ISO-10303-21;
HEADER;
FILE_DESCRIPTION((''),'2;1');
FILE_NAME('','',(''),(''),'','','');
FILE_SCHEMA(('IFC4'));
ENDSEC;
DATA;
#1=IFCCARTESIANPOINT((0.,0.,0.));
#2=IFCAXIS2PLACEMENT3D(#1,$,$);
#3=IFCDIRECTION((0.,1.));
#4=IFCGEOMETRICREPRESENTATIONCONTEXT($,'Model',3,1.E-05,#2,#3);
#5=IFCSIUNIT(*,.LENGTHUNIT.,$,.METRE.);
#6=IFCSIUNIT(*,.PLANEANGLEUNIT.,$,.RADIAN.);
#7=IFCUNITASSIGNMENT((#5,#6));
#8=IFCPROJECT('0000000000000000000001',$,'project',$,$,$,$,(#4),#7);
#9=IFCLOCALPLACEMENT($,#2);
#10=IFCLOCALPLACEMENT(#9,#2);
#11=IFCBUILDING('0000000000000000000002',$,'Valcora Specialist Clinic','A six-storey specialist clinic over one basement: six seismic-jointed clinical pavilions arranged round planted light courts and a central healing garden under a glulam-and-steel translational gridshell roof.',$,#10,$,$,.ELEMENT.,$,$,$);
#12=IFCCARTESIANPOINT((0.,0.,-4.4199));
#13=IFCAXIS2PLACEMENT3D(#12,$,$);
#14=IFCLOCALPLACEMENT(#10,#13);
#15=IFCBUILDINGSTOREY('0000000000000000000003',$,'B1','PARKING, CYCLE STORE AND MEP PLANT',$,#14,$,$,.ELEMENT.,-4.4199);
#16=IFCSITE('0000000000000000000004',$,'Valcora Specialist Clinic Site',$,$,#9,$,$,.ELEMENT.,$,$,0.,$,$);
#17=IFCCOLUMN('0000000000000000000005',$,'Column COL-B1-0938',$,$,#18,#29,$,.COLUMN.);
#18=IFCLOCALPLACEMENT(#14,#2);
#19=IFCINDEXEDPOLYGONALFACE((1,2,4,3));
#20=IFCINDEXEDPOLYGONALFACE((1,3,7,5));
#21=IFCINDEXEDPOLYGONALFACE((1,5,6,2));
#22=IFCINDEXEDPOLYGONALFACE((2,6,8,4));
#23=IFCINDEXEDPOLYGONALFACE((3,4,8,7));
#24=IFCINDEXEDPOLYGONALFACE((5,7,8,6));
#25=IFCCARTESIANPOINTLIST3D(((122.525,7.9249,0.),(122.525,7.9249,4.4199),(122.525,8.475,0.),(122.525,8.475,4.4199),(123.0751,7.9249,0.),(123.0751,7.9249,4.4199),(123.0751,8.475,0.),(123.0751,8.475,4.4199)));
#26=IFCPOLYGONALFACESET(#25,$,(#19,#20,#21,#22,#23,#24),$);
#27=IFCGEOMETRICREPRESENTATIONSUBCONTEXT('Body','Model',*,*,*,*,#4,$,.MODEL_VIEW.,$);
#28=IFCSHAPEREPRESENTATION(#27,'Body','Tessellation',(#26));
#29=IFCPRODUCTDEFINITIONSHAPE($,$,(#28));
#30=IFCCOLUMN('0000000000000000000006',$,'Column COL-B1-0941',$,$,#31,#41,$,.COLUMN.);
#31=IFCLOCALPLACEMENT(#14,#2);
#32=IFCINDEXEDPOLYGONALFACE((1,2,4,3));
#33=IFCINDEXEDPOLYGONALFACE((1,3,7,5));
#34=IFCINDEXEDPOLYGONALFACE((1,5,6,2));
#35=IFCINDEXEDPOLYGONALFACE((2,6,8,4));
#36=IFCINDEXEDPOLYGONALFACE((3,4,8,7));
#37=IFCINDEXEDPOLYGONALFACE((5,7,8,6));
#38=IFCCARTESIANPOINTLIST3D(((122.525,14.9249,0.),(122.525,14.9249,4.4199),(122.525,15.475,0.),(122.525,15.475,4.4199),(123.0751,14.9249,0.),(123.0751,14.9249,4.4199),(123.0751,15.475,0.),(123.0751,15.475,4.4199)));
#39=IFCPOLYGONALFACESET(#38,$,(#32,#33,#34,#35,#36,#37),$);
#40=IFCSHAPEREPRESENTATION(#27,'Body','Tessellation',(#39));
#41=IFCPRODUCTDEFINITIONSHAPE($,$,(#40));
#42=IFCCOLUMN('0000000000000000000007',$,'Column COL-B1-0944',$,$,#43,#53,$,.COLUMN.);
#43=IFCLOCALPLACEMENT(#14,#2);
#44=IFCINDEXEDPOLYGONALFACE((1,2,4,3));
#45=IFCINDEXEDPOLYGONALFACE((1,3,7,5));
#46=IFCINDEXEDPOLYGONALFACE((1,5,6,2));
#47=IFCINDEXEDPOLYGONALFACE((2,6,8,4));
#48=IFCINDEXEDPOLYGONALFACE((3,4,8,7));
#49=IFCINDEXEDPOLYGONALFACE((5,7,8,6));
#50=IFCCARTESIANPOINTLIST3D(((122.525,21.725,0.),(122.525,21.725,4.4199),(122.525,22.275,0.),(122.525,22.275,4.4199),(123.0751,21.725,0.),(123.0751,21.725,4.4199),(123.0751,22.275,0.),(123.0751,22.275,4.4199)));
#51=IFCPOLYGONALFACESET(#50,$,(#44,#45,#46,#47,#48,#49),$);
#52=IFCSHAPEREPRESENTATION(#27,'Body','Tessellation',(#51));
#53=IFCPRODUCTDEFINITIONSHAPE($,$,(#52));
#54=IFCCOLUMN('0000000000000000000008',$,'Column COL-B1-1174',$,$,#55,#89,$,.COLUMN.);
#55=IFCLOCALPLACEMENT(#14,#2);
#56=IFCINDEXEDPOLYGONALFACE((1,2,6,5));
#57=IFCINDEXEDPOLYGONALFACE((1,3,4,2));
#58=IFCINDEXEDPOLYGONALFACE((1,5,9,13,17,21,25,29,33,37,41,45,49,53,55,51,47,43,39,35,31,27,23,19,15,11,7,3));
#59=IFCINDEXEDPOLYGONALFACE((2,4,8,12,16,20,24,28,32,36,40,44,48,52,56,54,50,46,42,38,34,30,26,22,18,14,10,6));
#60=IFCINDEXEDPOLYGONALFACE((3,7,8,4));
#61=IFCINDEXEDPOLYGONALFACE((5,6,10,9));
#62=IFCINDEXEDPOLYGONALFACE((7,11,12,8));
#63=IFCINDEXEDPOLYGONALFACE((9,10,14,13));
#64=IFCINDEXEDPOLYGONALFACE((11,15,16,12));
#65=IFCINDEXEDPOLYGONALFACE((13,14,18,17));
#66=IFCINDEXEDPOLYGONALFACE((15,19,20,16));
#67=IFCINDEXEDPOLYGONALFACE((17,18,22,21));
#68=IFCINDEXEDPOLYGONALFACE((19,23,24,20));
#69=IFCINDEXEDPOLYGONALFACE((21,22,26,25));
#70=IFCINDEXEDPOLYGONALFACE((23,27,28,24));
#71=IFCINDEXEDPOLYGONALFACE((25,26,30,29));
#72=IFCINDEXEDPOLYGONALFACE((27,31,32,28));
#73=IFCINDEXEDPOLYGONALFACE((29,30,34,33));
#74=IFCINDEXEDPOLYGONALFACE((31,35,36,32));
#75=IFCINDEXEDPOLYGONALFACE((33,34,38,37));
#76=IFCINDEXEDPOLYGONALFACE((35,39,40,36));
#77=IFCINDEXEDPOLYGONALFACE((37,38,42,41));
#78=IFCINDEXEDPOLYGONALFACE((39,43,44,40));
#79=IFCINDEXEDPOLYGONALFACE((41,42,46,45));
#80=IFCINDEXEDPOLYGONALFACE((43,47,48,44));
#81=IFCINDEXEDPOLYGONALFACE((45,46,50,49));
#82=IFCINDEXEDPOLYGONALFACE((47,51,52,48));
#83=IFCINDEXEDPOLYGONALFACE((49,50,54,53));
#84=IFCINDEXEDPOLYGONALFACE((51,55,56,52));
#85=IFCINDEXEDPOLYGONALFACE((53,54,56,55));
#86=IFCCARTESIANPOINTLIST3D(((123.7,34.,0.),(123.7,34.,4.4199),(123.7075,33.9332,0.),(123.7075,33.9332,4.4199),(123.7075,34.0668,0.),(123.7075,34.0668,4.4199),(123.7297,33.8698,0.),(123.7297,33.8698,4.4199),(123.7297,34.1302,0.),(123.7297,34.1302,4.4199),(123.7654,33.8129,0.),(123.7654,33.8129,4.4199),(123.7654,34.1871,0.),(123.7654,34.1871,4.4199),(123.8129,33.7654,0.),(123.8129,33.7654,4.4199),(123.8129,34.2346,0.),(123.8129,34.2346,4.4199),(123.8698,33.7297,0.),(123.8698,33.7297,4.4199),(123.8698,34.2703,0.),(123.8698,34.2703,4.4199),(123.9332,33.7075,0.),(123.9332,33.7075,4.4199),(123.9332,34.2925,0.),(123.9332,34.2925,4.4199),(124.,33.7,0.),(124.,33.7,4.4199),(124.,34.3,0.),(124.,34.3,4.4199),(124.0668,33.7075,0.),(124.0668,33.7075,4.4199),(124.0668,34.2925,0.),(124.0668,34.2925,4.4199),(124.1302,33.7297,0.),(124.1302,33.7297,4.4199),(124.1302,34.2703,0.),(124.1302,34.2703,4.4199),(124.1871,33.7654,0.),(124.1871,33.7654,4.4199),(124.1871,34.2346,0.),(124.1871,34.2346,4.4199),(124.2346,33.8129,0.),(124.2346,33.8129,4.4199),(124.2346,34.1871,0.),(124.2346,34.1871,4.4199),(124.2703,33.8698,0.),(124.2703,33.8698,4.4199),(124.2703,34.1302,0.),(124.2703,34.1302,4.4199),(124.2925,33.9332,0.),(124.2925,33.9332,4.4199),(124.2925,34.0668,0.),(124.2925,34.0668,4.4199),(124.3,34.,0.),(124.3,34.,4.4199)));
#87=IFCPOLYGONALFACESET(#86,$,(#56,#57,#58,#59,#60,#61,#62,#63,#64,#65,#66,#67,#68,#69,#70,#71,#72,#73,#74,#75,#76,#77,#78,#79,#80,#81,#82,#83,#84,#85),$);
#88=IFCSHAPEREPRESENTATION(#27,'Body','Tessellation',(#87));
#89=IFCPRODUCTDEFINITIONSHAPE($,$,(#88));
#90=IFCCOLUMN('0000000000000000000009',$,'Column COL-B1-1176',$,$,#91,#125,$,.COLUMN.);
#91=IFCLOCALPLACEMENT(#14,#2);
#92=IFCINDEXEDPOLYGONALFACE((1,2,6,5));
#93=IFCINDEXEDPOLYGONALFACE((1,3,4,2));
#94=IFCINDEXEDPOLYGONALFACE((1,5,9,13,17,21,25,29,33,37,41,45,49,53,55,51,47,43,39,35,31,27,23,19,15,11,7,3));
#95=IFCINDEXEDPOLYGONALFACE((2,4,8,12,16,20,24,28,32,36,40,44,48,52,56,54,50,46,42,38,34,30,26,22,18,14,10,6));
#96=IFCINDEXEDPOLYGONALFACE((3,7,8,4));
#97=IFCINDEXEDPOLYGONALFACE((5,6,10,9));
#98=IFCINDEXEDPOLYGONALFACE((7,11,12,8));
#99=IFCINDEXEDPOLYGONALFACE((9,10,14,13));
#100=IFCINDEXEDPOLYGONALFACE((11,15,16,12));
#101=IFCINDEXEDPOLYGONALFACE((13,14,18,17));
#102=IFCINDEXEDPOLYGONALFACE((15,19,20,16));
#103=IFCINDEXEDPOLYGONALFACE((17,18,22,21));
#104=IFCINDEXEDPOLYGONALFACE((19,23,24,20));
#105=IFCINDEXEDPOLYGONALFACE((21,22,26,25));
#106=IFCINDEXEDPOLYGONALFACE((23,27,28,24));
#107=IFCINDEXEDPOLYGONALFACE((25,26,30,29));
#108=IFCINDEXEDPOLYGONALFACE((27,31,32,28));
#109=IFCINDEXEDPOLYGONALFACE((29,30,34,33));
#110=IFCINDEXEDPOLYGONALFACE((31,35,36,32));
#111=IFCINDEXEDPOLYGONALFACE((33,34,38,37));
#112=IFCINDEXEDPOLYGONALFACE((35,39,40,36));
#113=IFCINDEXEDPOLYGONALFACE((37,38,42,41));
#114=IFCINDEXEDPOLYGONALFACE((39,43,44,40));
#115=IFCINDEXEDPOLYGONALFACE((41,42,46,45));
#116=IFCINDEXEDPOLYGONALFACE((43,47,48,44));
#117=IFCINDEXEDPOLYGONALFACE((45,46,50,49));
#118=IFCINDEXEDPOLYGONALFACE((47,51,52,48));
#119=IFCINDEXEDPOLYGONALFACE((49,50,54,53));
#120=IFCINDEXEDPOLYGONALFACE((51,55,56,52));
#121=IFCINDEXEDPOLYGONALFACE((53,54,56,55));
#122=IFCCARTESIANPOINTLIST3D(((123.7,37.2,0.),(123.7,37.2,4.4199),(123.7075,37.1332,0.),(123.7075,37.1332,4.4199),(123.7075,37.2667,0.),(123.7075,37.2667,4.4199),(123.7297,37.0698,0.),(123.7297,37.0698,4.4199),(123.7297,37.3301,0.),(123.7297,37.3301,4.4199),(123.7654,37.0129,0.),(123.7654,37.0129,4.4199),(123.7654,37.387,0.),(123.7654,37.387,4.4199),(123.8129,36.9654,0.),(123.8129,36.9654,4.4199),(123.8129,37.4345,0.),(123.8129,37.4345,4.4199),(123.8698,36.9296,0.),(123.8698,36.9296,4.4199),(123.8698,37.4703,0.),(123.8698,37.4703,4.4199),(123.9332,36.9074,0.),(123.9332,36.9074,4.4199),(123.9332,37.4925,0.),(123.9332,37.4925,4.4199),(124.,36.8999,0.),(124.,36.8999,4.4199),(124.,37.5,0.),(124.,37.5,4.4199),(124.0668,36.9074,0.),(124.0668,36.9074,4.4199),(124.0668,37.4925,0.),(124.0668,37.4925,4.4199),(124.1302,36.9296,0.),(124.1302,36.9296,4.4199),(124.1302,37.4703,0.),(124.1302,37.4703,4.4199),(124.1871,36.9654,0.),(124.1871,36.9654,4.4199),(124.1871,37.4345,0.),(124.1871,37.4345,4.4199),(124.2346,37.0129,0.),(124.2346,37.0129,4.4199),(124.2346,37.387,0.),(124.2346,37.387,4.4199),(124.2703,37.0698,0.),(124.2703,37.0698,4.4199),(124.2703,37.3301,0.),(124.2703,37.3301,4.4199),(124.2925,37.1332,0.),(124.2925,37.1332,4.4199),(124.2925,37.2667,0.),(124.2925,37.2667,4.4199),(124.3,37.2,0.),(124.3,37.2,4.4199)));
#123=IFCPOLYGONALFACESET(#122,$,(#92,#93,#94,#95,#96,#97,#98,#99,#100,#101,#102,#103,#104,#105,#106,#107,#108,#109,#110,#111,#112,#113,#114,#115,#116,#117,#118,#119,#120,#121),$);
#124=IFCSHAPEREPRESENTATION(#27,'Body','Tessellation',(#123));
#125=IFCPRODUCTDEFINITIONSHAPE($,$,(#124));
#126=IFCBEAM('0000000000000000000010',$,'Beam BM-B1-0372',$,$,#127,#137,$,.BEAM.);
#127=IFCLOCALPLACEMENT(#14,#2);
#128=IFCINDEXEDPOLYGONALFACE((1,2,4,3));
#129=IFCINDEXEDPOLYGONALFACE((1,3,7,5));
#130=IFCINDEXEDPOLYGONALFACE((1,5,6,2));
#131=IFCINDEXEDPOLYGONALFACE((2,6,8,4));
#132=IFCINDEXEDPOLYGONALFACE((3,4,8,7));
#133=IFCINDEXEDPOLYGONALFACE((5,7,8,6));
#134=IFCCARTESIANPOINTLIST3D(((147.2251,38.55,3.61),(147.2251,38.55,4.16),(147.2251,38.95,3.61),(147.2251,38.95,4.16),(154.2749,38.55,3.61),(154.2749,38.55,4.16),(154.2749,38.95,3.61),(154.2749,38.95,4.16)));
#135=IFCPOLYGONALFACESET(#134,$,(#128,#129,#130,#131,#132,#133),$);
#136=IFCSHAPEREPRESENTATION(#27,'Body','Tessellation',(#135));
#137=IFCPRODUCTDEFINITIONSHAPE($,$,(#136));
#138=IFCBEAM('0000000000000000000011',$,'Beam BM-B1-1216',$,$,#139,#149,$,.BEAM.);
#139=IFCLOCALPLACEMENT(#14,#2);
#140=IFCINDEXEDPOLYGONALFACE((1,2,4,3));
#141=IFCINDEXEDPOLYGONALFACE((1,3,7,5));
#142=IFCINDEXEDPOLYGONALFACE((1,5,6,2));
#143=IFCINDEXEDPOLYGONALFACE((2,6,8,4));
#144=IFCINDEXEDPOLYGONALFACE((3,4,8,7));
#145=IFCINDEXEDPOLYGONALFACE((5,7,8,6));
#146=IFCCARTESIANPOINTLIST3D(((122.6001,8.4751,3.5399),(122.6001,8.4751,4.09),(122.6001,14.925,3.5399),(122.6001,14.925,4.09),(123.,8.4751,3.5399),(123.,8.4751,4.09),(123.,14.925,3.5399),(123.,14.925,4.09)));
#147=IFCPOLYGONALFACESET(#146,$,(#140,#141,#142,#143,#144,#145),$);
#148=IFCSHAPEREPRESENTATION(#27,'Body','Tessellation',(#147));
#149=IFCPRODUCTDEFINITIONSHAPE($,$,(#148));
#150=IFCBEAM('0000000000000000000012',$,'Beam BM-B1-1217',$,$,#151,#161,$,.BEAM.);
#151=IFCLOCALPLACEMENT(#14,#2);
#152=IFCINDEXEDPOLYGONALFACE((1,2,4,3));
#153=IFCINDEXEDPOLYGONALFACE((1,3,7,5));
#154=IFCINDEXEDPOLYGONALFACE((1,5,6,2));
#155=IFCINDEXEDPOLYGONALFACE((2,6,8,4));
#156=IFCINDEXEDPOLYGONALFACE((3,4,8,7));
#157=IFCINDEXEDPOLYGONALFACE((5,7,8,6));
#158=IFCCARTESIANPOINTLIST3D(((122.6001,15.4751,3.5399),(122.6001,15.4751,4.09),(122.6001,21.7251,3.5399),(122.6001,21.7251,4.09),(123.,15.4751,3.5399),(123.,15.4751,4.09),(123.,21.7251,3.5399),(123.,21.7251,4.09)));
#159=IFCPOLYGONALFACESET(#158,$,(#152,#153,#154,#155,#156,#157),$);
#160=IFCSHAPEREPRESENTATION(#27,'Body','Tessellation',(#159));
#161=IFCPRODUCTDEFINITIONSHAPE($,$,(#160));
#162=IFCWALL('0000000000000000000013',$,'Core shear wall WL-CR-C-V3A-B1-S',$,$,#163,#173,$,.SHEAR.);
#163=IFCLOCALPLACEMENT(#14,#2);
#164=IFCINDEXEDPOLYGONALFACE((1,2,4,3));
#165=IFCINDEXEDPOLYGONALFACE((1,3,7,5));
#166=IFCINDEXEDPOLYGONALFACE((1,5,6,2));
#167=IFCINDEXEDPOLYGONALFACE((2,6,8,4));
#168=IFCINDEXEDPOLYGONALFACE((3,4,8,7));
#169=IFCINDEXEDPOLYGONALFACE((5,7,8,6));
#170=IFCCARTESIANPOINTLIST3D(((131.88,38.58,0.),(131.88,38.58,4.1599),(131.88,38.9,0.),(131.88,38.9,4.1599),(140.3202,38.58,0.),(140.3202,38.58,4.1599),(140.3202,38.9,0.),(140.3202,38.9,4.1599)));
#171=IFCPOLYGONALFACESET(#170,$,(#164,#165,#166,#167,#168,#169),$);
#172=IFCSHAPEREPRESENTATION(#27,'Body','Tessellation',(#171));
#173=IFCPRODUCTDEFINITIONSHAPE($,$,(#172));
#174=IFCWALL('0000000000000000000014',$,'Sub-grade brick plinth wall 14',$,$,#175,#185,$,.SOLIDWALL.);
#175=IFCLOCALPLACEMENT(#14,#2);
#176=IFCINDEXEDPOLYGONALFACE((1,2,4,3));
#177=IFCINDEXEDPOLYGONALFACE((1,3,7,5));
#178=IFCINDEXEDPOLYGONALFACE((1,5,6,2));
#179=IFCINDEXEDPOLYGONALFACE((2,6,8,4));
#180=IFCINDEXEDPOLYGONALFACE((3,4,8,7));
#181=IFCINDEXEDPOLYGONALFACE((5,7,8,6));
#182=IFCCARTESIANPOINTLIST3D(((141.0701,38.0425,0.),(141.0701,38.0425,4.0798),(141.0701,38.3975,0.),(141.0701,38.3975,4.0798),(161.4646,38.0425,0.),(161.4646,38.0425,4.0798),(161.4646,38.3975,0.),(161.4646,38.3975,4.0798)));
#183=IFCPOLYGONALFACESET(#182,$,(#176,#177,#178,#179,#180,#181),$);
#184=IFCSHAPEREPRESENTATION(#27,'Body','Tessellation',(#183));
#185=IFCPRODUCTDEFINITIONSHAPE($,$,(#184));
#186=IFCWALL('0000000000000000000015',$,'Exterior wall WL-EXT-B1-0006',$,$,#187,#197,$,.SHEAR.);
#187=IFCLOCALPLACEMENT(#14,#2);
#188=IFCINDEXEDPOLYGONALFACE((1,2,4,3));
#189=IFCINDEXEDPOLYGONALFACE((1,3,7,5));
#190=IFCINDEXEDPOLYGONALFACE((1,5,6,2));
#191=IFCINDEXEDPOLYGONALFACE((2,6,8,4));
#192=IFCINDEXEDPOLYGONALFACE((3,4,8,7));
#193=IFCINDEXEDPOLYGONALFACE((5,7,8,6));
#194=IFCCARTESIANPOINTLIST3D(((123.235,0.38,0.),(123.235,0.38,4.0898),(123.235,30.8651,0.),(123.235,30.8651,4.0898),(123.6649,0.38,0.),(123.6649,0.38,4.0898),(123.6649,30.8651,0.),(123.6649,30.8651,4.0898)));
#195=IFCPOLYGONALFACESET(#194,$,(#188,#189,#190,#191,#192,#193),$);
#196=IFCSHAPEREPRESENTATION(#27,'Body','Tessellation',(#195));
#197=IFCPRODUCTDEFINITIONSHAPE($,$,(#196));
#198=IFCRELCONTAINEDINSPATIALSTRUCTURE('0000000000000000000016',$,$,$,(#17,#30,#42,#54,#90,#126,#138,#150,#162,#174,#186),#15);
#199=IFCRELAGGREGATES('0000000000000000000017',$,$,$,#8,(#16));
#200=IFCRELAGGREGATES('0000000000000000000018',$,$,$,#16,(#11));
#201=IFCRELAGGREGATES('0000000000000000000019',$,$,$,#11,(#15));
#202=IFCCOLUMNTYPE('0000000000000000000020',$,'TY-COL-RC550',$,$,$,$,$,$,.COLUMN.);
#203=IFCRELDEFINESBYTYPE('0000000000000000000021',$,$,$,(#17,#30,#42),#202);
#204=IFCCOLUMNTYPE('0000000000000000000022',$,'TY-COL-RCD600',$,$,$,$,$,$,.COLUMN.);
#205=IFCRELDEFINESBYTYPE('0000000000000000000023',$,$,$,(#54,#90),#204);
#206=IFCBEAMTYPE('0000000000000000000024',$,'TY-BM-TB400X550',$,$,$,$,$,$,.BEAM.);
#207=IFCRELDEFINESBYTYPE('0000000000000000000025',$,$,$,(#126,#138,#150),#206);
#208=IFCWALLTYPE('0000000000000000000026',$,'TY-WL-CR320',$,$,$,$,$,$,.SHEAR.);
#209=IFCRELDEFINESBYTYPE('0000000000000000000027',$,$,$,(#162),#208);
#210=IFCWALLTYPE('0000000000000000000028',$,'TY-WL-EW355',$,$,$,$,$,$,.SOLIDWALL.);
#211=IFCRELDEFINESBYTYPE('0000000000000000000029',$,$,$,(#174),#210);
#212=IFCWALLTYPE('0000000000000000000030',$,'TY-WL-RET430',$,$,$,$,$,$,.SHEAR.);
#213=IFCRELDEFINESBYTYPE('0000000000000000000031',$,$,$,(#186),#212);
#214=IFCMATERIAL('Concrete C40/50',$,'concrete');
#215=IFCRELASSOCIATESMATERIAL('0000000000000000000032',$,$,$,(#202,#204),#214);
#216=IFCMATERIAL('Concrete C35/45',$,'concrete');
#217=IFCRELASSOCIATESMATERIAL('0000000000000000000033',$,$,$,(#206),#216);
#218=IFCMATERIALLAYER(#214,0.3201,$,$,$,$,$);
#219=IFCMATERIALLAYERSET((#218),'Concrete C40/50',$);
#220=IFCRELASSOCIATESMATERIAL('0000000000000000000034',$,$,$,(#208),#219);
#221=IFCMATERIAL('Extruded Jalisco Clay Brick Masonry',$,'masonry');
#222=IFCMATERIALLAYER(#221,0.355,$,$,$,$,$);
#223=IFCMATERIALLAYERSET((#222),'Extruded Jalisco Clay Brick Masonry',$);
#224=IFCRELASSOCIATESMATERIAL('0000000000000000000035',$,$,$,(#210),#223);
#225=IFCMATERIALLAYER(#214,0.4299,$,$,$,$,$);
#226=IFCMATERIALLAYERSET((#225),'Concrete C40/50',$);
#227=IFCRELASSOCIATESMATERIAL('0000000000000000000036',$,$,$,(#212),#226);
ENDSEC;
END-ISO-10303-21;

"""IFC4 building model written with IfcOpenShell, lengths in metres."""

from ifc_helpers import new_model, si_unit, direction, frame, frame_2d, origin, origin_2d, place, context, subcontext, project, spatial, rectangle, circle, extrude, material, layer, layer_set, material_profile, profile_set, type_object, element, save


model = new_model("IFC4")

# Units and contexts
model_context = context("Model", 3, precision=1e-05, world=origin(), true_north=direction((0.0, 1.0)))
body_context = subcontext(model_context, "Body", "Model", "MODEL_VIEW")
ifc_project = project(units=[si_unit("LENGTHUNIT", "METRE"), si_unit("PLANEANGLEUNIT", "RADIAN")], contexts=[model_context])

# Site, building, storey
site_placement = place(None, origin())
site = spatial("IfcSite", under=ifc_project, at=site_placement, Name="Valcora Specialist Clinic Site", CompositionType="ELEMENT", RefElevation=0.0)
building_placement = place(site_placement, origin())
building = spatial("IfcBuilding", under=site, at=building_placement, Name="Valcora Specialist Clinic", Description="A six-storey specialist clinic over one basement: six seismic-jointed clinical pavilions arranged round planted light courts and a central healing garden under a glulam-and-steel translational gridshell roof.", CompositionType="ELEMENT")
storey_placement = place(building_placement, frame((0.0, 0.0, -4.4199)))
storey = spatial("IfcBuildingStorey", under=building, at=storey_placement, Name="B1", Description="PARKING, CYCLE STORE AND MEP PLANT", CompositionType="ELEMENT", Elevation=-4.4199)

# Shared definitions
ifc_material_1 = material(Name="Concrete C35/45", Category="concrete")

# Columns
ifc_material_2 = material(Name="Concrete C40/50", Category="concrete")
ifc_material_profile_1 = material_profile(ifc_material_2, rectangle(XDim=0.55, YDim=0.55, at=origin_2d()), Name="RC-COL-550X550")
ifc_profile_set_1 = profile_set([ifc_material_profile_1], Name="Concrete C40/50")
column_type_1 = type_object("IfcColumnType", Name="TY-COL-RC550", PredefinedType="COLUMN", material=ifc_profile_set_1)
for number, where, z_axis, x_axis, name in (
    (1, (122.8, 8.2, 0.0), (0.0, 0.0, 1.0), (1.0, 0.0, 0.0), "Column COL-B1-0938"),
    (2, (122.8, 15.2, 0.0), (0.0, 0.0, 1.0), (1.0, 0.0, 0.0), "Column COL-B1-0941"),
    (3, (122.8, 22.0, 0.0), (0.0, 0.0, 1.0), (1.0, 0.0, 0.0), "Column COL-B1-0944"),
):
    element("IfcColumn", number, at=place(storey_placement, frame(where, z_axis=z_axis, x_axis=x_axis)), inside=storey, type_object=column_type_1, Name=name, PredefinedType="COLUMN", context=body_context, shape_type="SweptSolid", body=[
        extrude(rectangle(XDim=0.55, YDim=0.55, at=origin_2d()), origin(), (0.0, 0.0, 1.0), 4.4199),
    ])
ifc_material_profile_2 = material_profile(ifc_material_2, circle(Radius=0.3, at=origin_2d()), Name="RC-COL-D600")
ifc_profile_set_2 = profile_set([ifc_material_profile_2], Name="Concrete C40/50")
column_type_2 = type_object("IfcColumnType", Name="TY-COL-RCD600", PredefinedType="COLUMN", material=ifc_profile_set_2)
for number, where, z_axis, x_axis, name in (
    (4, (124.0, 34.0, 0.0), (0.0, 0.0, 1.0), (1.0, 0.0, 0.0), "Column COL-B1-1174"),
    (5, (124.0, 37.2, 0.0), (0.0, 0.0, 1.0), (1.0, 0.0, 0.0), "Column COL-B1-1176"),
):
    element("IfcColumn", number, at=place(storey_placement, frame(where, z_axis=z_axis, x_axis=x_axis)), inside=storey, type_object=column_type_2, Name=name, PredefinedType="COLUMN", context=body_context, shape_type="SweptSolid", body=[
        extrude(circle(Radius=0.3, at=origin_2d()), origin(), (0.0, 0.0, 1.0), 4.4199),
    ])

# Beams
ifc_material_profile_3 = material_profile(ifc_material_1, rectangle(XDim=0.3999, YDim=0.55, at=origin_2d()), Name="RC-TB-400X550")
ifc_profile_set_3 = profile_set([ifc_material_profile_3], Name="Concrete C35/45")
beam_type = type_object("IfcBeamType", Name="TY-BM-TB400X550", PredefinedType="BEAM", material=ifc_profile_set_3)
beam_1_placement = place(storey_placement, frame((147.2251, 38.75, 3.885), z_axis=(1.0, 0.0, 0.0), x_axis=(0.0, 1.0, 0.0)))
element("IfcBeam", 6, at=beam_1_placement, inside=storey, type_object=beam_type, Name="Beam BM-B1-0372", PredefinedType="BEAM", context=body_context, shape_type="SweptSolid", body=[
    extrude(rectangle(XDim=0.3999, YDim=0.55, at=origin_2d()), origin(), (0.0, 0.0, 1.0), 7.0498),
])
beam_2_placement = place(storey_placement, frame((122.8, 8.4751, 3.8149), z_axis=(0.0, 1.0, 0.0), x_axis=(-1.0, 0.0, 0.0)))
element("IfcBeam", 7, at=beam_2_placement, inside=storey, type_object=beam_type, Name="Beam BM-B1-1216", PredefinedType="BEAM", context=body_context, shape_type="SweptSolid", body=[
    extrude(rectangle(XDim=0.3999, YDim=0.55, at=origin_2d()), origin(), (0.0, 0.0, 1.0), 6.45),
])
beam_3_placement = place(storey_placement, frame((122.8, 15.4751, 3.8149), z_axis=(0.0, 1.0, 0.0), x_axis=(-1.0, 0.0, 0.0)))
element("IfcBeam", 8, at=beam_3_placement, inside=storey, type_object=beam_type, Name="Beam BM-B1-1217", PredefinedType="BEAM", context=body_context, shape_type="SweptSolid", body=[
    extrude(rectangle(XDim=0.3999, YDim=0.55, at=origin_2d()), origin(), (0.0, 0.0, 1.0), 6.25),
])

# Walls
ifc_layer_1 = layer(ifc_material_2, 0.3201)
ifc_layer_set_1 = layer_set([ifc_layer_1], Name="Concrete C40/50")
wall_type_1 = type_object("IfcWallType", Name="TY-WL-CR320", PredefinedType="SHEAR", material=ifc_layer_set_1)
wall_1_placement = place(storey_placement, frame((131.8799, 38.74, 0.0), z_axis=(0.0, 0.0, 1.0), x_axis=(1.0, 0.0, 0.0)))
element("IfcWall", 9, at=wall_1_placement, inside=storey, type_object=wall_type_1, Name="Core shear wall WL-CR-C-V3A-B1-S", PredefinedType="SHEAR", context=body_context, shape_type="SweptSolid", body=[
    extrude(rectangle(XDim=8.4402, YDim=0.3201, at=frame_2d((4.2202, 0.0))), origin(), (0.0, 0.0, 1.0), 4.1599),
])
ifc_material_3 = material(Name="Extruded Jalisco Clay Brick Masonry", Category="masonry")
ifc_layer_2 = layer(ifc_material_3, 0.355)
ifc_layer_set_2 = layer_set([ifc_layer_2], Name="Extruded Jalisco Clay Brick Masonry")
wall_type_2 = type_object("IfcWallType", Name="TY-WL-EW355", PredefinedType="SOLIDWALL", material=ifc_layer_set_2)
wall_2_placement = place(storey_placement, frame((161.4646, 38.22, 0.0), z_axis=(0.0, 0.0, 1.0), x_axis=(-1.0, 0.0, 0.0)))
element("IfcWall", 10, at=wall_2_placement, inside=storey, type_object=wall_type_2, Name="Sub-grade brick plinth wall 14", PredefinedType="SOLIDWALL", context=body_context, shape_type="SweptSolid", body=[
    extrude(rectangle(XDim=20.3945, YDim=0.355, at=frame_2d((10.1973, 0.0))), origin(), (0.0, 0.0, 1.0), 4.0798),
])
ifc_layer_3 = layer(ifc_material_2, 0.4299)
ifc_layer_set_3 = layer_set([ifc_layer_3], Name="Concrete C40/50")
wall_type_3 = type_object("IfcWallType", Name="TY-WL-RET430", PredefinedType="SHEAR", material=ifc_layer_set_3)
wall_3_placement = place(storey_placement, frame((123.45, 0.3799, 0.0), z_axis=(0.0, 0.0, 1.0), x_axis=(0.0, 1.0, 0.0)))
element("IfcWall", 11, at=wall_3_placement, inside=storey, type_object=wall_type_3, Name="Exterior wall WL-EXT-B1-0006", PredefinedType="SHEAR", context=body_context, shape_type="SweptSolid", body=[
    extrude(rectangle(XDim=30.4851, YDim=0.4299, at=frame_2d((15.2427, 0.0))), origin(), (0.0, 0.0, 1.0), 4.0898),
])

save(model, "model.ifc")
